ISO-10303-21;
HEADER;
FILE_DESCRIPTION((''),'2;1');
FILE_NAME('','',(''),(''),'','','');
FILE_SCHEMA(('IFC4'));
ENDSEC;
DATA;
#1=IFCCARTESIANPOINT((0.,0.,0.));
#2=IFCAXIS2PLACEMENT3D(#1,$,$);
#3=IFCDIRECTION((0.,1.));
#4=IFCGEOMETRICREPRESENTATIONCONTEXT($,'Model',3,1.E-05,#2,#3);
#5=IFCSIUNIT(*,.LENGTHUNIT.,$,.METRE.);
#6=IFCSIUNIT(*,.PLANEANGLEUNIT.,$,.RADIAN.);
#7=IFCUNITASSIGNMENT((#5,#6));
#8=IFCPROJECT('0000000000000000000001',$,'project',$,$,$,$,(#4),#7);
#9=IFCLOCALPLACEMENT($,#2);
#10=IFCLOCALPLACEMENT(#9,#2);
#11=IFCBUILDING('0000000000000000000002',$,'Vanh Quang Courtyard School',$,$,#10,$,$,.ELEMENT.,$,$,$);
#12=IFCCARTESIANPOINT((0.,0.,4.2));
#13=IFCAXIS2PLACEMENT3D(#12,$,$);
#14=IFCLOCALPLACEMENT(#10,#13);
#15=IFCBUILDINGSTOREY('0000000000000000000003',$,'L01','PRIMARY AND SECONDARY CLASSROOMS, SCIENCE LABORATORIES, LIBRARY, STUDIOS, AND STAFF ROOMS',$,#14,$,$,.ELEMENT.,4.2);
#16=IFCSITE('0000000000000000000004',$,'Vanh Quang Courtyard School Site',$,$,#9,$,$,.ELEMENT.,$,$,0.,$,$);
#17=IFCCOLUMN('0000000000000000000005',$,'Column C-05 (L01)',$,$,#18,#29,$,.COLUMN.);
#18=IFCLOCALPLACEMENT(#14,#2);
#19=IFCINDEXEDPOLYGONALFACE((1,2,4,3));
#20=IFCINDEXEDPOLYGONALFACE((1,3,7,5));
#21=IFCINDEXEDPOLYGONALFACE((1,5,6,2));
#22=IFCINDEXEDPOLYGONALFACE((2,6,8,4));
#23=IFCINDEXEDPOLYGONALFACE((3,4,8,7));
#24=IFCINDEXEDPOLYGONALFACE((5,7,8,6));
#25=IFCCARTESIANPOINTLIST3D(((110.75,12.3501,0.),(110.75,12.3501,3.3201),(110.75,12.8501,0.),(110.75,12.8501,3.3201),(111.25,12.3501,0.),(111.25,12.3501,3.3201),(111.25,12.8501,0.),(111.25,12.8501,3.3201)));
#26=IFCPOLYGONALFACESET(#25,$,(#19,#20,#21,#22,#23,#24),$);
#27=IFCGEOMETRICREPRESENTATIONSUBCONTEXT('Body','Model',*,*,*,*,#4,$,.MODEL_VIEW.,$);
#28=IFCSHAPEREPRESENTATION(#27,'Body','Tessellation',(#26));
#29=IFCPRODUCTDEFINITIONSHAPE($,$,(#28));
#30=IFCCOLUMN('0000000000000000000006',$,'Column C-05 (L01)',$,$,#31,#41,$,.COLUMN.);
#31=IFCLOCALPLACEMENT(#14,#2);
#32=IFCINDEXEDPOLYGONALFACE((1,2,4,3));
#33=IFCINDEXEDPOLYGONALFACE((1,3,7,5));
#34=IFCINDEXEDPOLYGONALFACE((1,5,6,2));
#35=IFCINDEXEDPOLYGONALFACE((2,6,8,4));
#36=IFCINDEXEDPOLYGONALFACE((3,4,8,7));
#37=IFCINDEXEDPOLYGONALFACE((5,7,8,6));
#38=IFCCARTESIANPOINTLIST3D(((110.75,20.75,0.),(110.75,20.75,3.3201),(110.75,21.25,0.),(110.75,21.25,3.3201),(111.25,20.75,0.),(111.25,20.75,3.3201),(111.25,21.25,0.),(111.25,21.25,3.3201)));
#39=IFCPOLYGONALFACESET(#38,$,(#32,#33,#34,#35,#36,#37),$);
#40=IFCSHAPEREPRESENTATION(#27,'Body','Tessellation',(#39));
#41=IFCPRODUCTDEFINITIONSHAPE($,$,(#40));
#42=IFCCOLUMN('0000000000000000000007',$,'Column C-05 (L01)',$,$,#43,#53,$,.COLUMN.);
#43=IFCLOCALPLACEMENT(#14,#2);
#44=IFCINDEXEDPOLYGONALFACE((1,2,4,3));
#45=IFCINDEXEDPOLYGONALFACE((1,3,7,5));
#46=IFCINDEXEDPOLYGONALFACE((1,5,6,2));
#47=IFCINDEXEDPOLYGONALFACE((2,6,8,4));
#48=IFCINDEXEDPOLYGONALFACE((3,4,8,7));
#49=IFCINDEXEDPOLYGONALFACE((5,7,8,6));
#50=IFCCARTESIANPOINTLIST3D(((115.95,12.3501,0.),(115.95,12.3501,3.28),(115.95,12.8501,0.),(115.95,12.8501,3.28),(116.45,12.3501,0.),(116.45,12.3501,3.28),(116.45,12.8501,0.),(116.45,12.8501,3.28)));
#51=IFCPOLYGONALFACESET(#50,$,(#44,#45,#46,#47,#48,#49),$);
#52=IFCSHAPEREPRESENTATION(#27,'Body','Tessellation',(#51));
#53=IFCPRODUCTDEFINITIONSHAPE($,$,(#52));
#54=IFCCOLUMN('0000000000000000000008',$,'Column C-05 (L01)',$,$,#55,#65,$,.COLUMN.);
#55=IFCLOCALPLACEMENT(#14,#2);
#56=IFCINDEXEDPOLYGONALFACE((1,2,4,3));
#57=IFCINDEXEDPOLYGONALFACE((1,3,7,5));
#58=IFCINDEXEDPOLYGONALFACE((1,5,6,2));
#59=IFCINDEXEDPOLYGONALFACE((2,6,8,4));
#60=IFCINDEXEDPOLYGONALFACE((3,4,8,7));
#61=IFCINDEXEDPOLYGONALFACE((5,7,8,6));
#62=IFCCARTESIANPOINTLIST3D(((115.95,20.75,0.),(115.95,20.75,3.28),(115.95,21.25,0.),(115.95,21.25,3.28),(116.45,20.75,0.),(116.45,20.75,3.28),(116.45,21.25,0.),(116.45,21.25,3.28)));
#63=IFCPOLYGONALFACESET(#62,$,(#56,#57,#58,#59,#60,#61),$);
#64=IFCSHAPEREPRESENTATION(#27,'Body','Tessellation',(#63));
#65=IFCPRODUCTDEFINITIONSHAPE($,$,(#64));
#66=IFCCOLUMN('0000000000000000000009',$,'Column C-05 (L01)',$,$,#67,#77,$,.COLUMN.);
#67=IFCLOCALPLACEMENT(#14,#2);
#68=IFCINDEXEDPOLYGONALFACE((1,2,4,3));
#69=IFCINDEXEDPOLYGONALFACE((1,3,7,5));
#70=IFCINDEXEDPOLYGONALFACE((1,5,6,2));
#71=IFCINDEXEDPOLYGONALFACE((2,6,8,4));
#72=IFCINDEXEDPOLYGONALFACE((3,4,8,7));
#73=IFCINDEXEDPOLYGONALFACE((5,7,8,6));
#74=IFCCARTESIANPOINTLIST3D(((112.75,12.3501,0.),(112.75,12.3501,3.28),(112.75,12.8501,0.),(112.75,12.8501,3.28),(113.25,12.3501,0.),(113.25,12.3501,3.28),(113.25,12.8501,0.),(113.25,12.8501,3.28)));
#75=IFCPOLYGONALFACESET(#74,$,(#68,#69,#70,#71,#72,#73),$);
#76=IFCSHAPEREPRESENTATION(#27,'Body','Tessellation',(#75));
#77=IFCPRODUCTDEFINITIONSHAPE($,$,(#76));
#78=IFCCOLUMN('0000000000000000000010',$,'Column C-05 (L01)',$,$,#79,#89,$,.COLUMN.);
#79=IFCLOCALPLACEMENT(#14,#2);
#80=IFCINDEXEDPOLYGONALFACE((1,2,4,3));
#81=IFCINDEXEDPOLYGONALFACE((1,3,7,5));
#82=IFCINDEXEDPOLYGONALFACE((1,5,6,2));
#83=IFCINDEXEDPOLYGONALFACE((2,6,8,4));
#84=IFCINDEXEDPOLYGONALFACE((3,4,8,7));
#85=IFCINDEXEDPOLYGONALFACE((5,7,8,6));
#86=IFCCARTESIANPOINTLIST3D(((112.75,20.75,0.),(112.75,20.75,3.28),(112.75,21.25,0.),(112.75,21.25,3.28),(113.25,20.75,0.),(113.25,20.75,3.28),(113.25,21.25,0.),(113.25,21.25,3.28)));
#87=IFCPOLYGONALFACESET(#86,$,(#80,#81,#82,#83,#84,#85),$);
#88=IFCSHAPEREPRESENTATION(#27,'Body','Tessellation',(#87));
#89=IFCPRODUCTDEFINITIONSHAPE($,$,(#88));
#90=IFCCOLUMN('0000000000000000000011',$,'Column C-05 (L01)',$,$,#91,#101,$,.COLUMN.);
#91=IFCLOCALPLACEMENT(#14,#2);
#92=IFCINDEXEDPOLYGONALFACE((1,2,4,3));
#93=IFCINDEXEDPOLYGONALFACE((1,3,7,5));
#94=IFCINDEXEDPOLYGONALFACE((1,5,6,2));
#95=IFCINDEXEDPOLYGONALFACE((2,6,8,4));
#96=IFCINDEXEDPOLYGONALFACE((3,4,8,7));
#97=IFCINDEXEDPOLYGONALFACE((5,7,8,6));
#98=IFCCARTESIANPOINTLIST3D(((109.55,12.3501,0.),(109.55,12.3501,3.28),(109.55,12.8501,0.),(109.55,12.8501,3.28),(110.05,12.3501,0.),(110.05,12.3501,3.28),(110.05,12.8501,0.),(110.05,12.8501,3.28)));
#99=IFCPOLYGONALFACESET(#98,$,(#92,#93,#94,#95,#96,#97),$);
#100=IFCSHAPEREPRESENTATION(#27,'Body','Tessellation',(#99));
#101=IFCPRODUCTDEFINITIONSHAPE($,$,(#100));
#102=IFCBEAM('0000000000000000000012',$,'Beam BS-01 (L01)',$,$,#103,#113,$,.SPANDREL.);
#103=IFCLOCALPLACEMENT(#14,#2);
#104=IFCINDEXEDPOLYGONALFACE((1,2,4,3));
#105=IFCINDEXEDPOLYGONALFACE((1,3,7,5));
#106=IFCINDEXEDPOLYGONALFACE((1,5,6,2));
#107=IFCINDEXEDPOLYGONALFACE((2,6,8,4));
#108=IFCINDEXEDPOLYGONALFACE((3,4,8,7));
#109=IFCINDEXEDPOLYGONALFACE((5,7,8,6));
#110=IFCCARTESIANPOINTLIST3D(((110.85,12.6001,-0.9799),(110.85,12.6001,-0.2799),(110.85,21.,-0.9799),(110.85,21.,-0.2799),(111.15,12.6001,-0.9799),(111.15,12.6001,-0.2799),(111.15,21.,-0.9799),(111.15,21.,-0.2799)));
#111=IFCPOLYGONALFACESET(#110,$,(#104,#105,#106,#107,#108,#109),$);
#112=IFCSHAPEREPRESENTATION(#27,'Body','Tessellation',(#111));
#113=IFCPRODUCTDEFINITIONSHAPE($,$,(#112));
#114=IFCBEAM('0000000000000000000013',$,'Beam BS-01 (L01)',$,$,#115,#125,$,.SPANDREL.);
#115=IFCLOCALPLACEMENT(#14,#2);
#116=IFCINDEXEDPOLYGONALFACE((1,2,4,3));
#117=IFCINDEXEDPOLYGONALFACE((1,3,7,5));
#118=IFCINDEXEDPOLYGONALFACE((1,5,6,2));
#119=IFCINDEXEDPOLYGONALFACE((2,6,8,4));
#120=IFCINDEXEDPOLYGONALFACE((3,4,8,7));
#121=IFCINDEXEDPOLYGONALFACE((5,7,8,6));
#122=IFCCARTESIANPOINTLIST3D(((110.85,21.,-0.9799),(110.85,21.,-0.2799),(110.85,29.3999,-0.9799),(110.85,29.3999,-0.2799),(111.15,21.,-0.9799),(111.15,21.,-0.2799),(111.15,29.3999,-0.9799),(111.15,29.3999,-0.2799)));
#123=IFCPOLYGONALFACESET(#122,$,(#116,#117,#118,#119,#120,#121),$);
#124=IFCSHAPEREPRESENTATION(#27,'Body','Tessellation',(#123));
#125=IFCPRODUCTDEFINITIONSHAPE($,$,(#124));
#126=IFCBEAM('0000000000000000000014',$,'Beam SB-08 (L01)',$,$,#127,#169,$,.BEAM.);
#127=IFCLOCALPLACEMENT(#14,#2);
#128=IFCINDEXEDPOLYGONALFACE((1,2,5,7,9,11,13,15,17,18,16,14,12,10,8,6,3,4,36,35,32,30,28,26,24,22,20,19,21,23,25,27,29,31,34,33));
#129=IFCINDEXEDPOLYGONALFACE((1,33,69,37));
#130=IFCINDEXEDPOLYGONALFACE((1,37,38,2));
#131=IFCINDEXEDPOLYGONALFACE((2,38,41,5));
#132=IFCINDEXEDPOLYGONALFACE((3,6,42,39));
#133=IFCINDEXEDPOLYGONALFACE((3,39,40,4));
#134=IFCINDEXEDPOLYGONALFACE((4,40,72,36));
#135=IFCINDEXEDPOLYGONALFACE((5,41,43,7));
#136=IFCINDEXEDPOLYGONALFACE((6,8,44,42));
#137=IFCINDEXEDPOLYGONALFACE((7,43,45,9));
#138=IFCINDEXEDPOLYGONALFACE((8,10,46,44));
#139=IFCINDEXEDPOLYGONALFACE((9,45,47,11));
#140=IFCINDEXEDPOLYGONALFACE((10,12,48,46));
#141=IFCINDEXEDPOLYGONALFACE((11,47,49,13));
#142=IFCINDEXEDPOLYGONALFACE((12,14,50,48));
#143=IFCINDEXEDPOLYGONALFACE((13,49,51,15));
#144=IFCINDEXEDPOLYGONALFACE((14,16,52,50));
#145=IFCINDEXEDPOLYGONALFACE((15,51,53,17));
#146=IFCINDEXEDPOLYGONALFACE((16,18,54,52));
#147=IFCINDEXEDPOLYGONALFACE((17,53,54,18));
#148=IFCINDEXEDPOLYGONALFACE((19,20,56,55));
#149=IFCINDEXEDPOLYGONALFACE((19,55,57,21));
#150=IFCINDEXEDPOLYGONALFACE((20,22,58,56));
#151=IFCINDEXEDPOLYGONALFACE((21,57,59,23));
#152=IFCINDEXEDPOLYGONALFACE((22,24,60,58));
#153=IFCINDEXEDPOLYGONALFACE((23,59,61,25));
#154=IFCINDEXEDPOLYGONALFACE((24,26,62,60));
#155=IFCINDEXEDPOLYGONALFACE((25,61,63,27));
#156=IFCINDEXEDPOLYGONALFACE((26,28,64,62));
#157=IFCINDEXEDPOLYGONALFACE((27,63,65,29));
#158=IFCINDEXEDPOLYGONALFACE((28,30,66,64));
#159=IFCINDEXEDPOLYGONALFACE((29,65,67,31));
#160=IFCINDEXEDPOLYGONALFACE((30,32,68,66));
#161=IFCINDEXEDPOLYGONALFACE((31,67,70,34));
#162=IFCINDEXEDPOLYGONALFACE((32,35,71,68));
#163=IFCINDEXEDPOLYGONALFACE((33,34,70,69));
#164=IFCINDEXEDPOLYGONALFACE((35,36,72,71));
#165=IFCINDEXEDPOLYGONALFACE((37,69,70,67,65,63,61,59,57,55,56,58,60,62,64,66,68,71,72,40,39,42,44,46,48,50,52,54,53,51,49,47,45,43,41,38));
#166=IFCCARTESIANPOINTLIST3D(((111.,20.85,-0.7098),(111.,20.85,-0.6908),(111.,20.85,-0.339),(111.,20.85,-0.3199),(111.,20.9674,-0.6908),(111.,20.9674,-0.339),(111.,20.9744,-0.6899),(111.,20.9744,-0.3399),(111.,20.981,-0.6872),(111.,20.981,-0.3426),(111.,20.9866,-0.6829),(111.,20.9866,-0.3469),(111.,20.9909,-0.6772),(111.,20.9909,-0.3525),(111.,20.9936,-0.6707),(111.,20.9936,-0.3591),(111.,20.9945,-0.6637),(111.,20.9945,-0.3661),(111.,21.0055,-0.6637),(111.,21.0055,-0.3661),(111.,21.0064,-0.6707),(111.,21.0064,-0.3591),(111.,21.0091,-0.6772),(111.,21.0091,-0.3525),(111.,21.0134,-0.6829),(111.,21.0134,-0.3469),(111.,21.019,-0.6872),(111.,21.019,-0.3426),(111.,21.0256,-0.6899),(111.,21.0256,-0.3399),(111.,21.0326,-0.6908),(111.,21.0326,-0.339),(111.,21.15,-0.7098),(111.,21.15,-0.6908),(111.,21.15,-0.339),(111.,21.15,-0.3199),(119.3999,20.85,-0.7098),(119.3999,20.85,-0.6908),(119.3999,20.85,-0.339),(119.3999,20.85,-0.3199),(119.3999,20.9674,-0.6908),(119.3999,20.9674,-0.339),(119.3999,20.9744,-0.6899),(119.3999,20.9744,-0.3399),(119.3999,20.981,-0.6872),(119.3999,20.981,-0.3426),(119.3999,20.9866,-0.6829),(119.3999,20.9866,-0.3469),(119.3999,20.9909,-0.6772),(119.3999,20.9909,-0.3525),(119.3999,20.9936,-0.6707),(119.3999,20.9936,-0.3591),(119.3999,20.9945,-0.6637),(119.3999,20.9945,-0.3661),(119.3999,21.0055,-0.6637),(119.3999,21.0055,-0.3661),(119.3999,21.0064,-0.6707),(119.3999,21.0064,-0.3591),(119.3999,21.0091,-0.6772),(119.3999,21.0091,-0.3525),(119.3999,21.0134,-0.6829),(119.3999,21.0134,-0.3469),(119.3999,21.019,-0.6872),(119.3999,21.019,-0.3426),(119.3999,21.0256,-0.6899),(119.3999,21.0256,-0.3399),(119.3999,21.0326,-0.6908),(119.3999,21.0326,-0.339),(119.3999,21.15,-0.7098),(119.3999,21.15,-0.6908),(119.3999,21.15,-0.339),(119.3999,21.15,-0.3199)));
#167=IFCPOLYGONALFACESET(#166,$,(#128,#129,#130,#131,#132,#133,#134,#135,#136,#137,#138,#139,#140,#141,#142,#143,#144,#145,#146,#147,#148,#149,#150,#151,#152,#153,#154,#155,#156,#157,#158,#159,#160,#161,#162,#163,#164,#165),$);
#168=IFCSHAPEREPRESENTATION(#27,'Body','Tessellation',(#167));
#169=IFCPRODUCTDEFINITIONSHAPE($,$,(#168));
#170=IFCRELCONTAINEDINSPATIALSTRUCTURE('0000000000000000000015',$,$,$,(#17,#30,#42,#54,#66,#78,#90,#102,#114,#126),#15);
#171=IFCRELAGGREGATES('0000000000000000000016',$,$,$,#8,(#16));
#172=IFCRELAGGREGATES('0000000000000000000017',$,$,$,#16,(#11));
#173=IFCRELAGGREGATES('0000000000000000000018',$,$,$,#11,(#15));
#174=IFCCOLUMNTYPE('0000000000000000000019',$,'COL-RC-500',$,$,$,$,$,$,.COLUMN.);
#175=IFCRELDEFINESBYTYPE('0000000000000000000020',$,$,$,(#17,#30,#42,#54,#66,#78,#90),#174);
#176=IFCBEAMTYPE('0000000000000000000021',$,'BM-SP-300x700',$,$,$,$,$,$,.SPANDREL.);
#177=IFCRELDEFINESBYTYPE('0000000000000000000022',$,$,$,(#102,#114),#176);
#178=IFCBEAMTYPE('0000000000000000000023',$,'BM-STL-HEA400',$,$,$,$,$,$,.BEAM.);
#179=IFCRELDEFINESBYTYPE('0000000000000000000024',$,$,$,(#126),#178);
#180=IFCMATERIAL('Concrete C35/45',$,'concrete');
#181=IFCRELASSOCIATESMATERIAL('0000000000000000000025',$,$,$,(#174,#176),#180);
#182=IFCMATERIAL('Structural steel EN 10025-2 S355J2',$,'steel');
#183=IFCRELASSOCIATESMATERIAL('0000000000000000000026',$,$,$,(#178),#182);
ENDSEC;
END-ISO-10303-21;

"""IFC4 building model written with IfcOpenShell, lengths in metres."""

from ifc_helpers import new_model, si_unit, direction, frame, origin, origin_2d, place, context, subcontext, project, spatial, rectangle, i_section, extrude, material, material_profile, profile_set, type_object, element, save


model = new_model("IFC4")

# Units and contexts
model_context = context("Model", 3, precision=1e-05, world=origin(), true_north=direction((0.0, 1.0)))
body_context = subcontext(model_context, "Body", "Model", "MODEL_VIEW")
ifc_project = project(units=[si_unit("LENGTHUNIT", "METRE"), si_unit("PLANEANGLEUNIT", "RADIAN")], contexts=[model_context])

# Site, building, storey
site_placement = place(None, origin())
site = spatial("IfcSite", under=ifc_project, at=site_placement, Name="Vanh Quang Courtyard School Site", CompositionType="ELEMENT", RefElevation=0.0)
building_placement = place(site_placement, origin())
building = spatial("IfcBuilding", under=site, at=building_placement, Name="Vanh Quang Courtyard School", CompositionType="ELEMENT")
storey_placement = place(building_placement, frame((0.0, 0.0, 4.2)))
storey = spatial("IfcBuildingStorey", under=building, at=storey_placement, Name="L01", Description="PRIMARY AND SECONDARY CLASSROOMS, SCIENCE LABORATORIES, LIBRARY, STUDIOS, AND STAFF ROOMS", CompositionType="ELEMENT", Elevation=4.2)

# Columns
ifc_material_1 = material(Name="Concrete C35/45", Category="concrete")
ifc_material_profile_1 = material_profile(ifc_material_1, rectangle(XDim=0.5, YDim=0.5, at=origin_2d()), Name="RC-COL 500x500")
ifc_profile_set_1 = profile_set([ifc_material_profile_1], Name="Concrete C35/45")
column_type = type_object("IfcColumnType", Name="COL-RC-500", PredefinedType="COLUMN", material=ifc_profile_set_1)
for number, where, z_axis, x_axis, name in (
    (1, (111.0, 12.6001, 0.0), (0.0, 0.0, 1.0), (1.0, 0.0, 0.0), "Column C-05 (L01)"),
    (2, (111.0, 21.0, 0.0), (0.0, 0.0, 1.0), (1.0, 0.0, 0.0), "Column C-05 (L01)"),
):
    element("IfcColumn", number, at=place(storey_placement, frame(where, z_axis=z_axis, x_axis=x_axis)), inside=storey, type_object=column_type, Name=name, PredefinedType="COLUMN", context=body_context, shape_type="SweptSolid", body=[
        extrude(rectangle(XDim=0.5, YDim=0.5, at=origin_2d()), origin(), (0.0, 0.0, 1.0), 3.3201),
    ])
for number, where, z_axis, x_axis, name in (
    (3, (116.2, 12.6001, 0.0), (0.0, 0.0, 1.0), (1.0, 0.0, 0.0), "Column C-05 (L01)"),
    (4, (116.2, 21.0, 0.0), (0.0, 0.0, 1.0), (1.0, 0.0, 0.0), "Column C-05 (L01)"),
    (5, (113.0, 12.6001, 0.0), (0.0, 0.0, 1.0), (1.0, 0.0, 0.0), "Column C-05 (L01)"),
    (6, (113.0, 21.0, 0.0), (0.0, 0.0, 1.0), (1.0, 0.0, 0.0), "Column C-05 (L01)"),
    (7, (109.8, 12.6001, 0.0), (0.0, 0.0, 1.0), (1.0, 0.0, 0.0), "Column C-05 (L01)"),
):
    element("IfcColumn", number, at=place(storey_placement, frame(where, z_axis=z_axis, x_axis=x_axis)), inside=storey, type_object=column_type, Name=name, PredefinedType="COLUMN", context=body_context, shape_type="SweptSolid", body=[
        extrude(rectangle(XDim=0.5, YDim=0.5, at=origin_2d()), origin(), (0.0, 0.0, 1.0), 3.28),
    ])

# Beams
ifc_material_profile_2 = material_profile(ifc_material_1, rectangle(XDim=0.3, YDim=0.7, at=origin_2d()), Name="RC-SP 300x700")
ifc_profile_set_2 = profile_set([ifc_material_profile_2], Name="Concrete C35/45")
beam_type_1 = type_object("IfcBeamType", Name="BM-SP-300x700", PredefinedType="SPANDREL", material=ifc_profile_set_2)
for number, where, z_axis, x_axis, name in (
    (8, (111.0, 12.6001, -0.6299), (0.0, 1.0, 0.0), (-1.0, 0.0, 0.0), "Beam BS-01 (L01)"),
    (9, (111.0, 21.0, -0.6299), (0.0, 1.0, 0.0), (-1.0, 0.0, 0.0), "Beam BS-01 (L01)"),
):
    element("IfcBeam", number, at=place(storey_placement, frame(where, z_axis=z_axis, x_axis=x_axis)), inside=storey, type_object=beam_type_1, Name=name, PredefinedType="SPANDREL", context=body_context, shape_type="SweptSolid", body=[
        extrude(rectangle(XDim=0.3, YDim=0.7, at=origin_2d()), origin(), (0.0, 0.0, 1.0), 8.3999),
    ])
ifc_material_2 = material(Name="Structural steel EN 10025-2 S355J2", Category="steel")
ifc_material_profile_3 = material_profile(ifc_material_2, i_section(OverallWidth=0.3, OverallDepth=0.3899, WebThickness=0.011, FlangeThickness=0.019, FilletRadius=0.0271, at=origin_2d()), Name="HEA 400")
ifc_profile_set_3 = profile_set([ifc_material_profile_3], Name="Structural steel EN 10025-2 S355J2")
beam_type_2 = type_object("IfcBeamType", Name="BM-STL-HEA400", PredefinedType="BEAM", material=ifc_profile_set_3)
beam_1_placement = place(storey_placement, frame((111.0, 21.0, -0.5149), z_axis=(1.0, 0.0, 0.0), x_axis=(0.0, 1.0, 0.0)))
element("IfcBeam", 10, at=beam_1_placement, inside=storey, type_object=beam_type_2, Name="Beam SB-08 (L01)", PredefinedType="BEAM", context=body_context, shape_type="SweptSolid", body=[
    extrude(i_section(OverallWidth=0.3, OverallDepth=0.3899, WebThickness=0.011, FlangeThickness=0.019, FilletRadius=0.0271, at=origin_2d()), origin(), (0.0, 0.0, 1.0), 8.3999),
])

save(model, "model.ifc")
